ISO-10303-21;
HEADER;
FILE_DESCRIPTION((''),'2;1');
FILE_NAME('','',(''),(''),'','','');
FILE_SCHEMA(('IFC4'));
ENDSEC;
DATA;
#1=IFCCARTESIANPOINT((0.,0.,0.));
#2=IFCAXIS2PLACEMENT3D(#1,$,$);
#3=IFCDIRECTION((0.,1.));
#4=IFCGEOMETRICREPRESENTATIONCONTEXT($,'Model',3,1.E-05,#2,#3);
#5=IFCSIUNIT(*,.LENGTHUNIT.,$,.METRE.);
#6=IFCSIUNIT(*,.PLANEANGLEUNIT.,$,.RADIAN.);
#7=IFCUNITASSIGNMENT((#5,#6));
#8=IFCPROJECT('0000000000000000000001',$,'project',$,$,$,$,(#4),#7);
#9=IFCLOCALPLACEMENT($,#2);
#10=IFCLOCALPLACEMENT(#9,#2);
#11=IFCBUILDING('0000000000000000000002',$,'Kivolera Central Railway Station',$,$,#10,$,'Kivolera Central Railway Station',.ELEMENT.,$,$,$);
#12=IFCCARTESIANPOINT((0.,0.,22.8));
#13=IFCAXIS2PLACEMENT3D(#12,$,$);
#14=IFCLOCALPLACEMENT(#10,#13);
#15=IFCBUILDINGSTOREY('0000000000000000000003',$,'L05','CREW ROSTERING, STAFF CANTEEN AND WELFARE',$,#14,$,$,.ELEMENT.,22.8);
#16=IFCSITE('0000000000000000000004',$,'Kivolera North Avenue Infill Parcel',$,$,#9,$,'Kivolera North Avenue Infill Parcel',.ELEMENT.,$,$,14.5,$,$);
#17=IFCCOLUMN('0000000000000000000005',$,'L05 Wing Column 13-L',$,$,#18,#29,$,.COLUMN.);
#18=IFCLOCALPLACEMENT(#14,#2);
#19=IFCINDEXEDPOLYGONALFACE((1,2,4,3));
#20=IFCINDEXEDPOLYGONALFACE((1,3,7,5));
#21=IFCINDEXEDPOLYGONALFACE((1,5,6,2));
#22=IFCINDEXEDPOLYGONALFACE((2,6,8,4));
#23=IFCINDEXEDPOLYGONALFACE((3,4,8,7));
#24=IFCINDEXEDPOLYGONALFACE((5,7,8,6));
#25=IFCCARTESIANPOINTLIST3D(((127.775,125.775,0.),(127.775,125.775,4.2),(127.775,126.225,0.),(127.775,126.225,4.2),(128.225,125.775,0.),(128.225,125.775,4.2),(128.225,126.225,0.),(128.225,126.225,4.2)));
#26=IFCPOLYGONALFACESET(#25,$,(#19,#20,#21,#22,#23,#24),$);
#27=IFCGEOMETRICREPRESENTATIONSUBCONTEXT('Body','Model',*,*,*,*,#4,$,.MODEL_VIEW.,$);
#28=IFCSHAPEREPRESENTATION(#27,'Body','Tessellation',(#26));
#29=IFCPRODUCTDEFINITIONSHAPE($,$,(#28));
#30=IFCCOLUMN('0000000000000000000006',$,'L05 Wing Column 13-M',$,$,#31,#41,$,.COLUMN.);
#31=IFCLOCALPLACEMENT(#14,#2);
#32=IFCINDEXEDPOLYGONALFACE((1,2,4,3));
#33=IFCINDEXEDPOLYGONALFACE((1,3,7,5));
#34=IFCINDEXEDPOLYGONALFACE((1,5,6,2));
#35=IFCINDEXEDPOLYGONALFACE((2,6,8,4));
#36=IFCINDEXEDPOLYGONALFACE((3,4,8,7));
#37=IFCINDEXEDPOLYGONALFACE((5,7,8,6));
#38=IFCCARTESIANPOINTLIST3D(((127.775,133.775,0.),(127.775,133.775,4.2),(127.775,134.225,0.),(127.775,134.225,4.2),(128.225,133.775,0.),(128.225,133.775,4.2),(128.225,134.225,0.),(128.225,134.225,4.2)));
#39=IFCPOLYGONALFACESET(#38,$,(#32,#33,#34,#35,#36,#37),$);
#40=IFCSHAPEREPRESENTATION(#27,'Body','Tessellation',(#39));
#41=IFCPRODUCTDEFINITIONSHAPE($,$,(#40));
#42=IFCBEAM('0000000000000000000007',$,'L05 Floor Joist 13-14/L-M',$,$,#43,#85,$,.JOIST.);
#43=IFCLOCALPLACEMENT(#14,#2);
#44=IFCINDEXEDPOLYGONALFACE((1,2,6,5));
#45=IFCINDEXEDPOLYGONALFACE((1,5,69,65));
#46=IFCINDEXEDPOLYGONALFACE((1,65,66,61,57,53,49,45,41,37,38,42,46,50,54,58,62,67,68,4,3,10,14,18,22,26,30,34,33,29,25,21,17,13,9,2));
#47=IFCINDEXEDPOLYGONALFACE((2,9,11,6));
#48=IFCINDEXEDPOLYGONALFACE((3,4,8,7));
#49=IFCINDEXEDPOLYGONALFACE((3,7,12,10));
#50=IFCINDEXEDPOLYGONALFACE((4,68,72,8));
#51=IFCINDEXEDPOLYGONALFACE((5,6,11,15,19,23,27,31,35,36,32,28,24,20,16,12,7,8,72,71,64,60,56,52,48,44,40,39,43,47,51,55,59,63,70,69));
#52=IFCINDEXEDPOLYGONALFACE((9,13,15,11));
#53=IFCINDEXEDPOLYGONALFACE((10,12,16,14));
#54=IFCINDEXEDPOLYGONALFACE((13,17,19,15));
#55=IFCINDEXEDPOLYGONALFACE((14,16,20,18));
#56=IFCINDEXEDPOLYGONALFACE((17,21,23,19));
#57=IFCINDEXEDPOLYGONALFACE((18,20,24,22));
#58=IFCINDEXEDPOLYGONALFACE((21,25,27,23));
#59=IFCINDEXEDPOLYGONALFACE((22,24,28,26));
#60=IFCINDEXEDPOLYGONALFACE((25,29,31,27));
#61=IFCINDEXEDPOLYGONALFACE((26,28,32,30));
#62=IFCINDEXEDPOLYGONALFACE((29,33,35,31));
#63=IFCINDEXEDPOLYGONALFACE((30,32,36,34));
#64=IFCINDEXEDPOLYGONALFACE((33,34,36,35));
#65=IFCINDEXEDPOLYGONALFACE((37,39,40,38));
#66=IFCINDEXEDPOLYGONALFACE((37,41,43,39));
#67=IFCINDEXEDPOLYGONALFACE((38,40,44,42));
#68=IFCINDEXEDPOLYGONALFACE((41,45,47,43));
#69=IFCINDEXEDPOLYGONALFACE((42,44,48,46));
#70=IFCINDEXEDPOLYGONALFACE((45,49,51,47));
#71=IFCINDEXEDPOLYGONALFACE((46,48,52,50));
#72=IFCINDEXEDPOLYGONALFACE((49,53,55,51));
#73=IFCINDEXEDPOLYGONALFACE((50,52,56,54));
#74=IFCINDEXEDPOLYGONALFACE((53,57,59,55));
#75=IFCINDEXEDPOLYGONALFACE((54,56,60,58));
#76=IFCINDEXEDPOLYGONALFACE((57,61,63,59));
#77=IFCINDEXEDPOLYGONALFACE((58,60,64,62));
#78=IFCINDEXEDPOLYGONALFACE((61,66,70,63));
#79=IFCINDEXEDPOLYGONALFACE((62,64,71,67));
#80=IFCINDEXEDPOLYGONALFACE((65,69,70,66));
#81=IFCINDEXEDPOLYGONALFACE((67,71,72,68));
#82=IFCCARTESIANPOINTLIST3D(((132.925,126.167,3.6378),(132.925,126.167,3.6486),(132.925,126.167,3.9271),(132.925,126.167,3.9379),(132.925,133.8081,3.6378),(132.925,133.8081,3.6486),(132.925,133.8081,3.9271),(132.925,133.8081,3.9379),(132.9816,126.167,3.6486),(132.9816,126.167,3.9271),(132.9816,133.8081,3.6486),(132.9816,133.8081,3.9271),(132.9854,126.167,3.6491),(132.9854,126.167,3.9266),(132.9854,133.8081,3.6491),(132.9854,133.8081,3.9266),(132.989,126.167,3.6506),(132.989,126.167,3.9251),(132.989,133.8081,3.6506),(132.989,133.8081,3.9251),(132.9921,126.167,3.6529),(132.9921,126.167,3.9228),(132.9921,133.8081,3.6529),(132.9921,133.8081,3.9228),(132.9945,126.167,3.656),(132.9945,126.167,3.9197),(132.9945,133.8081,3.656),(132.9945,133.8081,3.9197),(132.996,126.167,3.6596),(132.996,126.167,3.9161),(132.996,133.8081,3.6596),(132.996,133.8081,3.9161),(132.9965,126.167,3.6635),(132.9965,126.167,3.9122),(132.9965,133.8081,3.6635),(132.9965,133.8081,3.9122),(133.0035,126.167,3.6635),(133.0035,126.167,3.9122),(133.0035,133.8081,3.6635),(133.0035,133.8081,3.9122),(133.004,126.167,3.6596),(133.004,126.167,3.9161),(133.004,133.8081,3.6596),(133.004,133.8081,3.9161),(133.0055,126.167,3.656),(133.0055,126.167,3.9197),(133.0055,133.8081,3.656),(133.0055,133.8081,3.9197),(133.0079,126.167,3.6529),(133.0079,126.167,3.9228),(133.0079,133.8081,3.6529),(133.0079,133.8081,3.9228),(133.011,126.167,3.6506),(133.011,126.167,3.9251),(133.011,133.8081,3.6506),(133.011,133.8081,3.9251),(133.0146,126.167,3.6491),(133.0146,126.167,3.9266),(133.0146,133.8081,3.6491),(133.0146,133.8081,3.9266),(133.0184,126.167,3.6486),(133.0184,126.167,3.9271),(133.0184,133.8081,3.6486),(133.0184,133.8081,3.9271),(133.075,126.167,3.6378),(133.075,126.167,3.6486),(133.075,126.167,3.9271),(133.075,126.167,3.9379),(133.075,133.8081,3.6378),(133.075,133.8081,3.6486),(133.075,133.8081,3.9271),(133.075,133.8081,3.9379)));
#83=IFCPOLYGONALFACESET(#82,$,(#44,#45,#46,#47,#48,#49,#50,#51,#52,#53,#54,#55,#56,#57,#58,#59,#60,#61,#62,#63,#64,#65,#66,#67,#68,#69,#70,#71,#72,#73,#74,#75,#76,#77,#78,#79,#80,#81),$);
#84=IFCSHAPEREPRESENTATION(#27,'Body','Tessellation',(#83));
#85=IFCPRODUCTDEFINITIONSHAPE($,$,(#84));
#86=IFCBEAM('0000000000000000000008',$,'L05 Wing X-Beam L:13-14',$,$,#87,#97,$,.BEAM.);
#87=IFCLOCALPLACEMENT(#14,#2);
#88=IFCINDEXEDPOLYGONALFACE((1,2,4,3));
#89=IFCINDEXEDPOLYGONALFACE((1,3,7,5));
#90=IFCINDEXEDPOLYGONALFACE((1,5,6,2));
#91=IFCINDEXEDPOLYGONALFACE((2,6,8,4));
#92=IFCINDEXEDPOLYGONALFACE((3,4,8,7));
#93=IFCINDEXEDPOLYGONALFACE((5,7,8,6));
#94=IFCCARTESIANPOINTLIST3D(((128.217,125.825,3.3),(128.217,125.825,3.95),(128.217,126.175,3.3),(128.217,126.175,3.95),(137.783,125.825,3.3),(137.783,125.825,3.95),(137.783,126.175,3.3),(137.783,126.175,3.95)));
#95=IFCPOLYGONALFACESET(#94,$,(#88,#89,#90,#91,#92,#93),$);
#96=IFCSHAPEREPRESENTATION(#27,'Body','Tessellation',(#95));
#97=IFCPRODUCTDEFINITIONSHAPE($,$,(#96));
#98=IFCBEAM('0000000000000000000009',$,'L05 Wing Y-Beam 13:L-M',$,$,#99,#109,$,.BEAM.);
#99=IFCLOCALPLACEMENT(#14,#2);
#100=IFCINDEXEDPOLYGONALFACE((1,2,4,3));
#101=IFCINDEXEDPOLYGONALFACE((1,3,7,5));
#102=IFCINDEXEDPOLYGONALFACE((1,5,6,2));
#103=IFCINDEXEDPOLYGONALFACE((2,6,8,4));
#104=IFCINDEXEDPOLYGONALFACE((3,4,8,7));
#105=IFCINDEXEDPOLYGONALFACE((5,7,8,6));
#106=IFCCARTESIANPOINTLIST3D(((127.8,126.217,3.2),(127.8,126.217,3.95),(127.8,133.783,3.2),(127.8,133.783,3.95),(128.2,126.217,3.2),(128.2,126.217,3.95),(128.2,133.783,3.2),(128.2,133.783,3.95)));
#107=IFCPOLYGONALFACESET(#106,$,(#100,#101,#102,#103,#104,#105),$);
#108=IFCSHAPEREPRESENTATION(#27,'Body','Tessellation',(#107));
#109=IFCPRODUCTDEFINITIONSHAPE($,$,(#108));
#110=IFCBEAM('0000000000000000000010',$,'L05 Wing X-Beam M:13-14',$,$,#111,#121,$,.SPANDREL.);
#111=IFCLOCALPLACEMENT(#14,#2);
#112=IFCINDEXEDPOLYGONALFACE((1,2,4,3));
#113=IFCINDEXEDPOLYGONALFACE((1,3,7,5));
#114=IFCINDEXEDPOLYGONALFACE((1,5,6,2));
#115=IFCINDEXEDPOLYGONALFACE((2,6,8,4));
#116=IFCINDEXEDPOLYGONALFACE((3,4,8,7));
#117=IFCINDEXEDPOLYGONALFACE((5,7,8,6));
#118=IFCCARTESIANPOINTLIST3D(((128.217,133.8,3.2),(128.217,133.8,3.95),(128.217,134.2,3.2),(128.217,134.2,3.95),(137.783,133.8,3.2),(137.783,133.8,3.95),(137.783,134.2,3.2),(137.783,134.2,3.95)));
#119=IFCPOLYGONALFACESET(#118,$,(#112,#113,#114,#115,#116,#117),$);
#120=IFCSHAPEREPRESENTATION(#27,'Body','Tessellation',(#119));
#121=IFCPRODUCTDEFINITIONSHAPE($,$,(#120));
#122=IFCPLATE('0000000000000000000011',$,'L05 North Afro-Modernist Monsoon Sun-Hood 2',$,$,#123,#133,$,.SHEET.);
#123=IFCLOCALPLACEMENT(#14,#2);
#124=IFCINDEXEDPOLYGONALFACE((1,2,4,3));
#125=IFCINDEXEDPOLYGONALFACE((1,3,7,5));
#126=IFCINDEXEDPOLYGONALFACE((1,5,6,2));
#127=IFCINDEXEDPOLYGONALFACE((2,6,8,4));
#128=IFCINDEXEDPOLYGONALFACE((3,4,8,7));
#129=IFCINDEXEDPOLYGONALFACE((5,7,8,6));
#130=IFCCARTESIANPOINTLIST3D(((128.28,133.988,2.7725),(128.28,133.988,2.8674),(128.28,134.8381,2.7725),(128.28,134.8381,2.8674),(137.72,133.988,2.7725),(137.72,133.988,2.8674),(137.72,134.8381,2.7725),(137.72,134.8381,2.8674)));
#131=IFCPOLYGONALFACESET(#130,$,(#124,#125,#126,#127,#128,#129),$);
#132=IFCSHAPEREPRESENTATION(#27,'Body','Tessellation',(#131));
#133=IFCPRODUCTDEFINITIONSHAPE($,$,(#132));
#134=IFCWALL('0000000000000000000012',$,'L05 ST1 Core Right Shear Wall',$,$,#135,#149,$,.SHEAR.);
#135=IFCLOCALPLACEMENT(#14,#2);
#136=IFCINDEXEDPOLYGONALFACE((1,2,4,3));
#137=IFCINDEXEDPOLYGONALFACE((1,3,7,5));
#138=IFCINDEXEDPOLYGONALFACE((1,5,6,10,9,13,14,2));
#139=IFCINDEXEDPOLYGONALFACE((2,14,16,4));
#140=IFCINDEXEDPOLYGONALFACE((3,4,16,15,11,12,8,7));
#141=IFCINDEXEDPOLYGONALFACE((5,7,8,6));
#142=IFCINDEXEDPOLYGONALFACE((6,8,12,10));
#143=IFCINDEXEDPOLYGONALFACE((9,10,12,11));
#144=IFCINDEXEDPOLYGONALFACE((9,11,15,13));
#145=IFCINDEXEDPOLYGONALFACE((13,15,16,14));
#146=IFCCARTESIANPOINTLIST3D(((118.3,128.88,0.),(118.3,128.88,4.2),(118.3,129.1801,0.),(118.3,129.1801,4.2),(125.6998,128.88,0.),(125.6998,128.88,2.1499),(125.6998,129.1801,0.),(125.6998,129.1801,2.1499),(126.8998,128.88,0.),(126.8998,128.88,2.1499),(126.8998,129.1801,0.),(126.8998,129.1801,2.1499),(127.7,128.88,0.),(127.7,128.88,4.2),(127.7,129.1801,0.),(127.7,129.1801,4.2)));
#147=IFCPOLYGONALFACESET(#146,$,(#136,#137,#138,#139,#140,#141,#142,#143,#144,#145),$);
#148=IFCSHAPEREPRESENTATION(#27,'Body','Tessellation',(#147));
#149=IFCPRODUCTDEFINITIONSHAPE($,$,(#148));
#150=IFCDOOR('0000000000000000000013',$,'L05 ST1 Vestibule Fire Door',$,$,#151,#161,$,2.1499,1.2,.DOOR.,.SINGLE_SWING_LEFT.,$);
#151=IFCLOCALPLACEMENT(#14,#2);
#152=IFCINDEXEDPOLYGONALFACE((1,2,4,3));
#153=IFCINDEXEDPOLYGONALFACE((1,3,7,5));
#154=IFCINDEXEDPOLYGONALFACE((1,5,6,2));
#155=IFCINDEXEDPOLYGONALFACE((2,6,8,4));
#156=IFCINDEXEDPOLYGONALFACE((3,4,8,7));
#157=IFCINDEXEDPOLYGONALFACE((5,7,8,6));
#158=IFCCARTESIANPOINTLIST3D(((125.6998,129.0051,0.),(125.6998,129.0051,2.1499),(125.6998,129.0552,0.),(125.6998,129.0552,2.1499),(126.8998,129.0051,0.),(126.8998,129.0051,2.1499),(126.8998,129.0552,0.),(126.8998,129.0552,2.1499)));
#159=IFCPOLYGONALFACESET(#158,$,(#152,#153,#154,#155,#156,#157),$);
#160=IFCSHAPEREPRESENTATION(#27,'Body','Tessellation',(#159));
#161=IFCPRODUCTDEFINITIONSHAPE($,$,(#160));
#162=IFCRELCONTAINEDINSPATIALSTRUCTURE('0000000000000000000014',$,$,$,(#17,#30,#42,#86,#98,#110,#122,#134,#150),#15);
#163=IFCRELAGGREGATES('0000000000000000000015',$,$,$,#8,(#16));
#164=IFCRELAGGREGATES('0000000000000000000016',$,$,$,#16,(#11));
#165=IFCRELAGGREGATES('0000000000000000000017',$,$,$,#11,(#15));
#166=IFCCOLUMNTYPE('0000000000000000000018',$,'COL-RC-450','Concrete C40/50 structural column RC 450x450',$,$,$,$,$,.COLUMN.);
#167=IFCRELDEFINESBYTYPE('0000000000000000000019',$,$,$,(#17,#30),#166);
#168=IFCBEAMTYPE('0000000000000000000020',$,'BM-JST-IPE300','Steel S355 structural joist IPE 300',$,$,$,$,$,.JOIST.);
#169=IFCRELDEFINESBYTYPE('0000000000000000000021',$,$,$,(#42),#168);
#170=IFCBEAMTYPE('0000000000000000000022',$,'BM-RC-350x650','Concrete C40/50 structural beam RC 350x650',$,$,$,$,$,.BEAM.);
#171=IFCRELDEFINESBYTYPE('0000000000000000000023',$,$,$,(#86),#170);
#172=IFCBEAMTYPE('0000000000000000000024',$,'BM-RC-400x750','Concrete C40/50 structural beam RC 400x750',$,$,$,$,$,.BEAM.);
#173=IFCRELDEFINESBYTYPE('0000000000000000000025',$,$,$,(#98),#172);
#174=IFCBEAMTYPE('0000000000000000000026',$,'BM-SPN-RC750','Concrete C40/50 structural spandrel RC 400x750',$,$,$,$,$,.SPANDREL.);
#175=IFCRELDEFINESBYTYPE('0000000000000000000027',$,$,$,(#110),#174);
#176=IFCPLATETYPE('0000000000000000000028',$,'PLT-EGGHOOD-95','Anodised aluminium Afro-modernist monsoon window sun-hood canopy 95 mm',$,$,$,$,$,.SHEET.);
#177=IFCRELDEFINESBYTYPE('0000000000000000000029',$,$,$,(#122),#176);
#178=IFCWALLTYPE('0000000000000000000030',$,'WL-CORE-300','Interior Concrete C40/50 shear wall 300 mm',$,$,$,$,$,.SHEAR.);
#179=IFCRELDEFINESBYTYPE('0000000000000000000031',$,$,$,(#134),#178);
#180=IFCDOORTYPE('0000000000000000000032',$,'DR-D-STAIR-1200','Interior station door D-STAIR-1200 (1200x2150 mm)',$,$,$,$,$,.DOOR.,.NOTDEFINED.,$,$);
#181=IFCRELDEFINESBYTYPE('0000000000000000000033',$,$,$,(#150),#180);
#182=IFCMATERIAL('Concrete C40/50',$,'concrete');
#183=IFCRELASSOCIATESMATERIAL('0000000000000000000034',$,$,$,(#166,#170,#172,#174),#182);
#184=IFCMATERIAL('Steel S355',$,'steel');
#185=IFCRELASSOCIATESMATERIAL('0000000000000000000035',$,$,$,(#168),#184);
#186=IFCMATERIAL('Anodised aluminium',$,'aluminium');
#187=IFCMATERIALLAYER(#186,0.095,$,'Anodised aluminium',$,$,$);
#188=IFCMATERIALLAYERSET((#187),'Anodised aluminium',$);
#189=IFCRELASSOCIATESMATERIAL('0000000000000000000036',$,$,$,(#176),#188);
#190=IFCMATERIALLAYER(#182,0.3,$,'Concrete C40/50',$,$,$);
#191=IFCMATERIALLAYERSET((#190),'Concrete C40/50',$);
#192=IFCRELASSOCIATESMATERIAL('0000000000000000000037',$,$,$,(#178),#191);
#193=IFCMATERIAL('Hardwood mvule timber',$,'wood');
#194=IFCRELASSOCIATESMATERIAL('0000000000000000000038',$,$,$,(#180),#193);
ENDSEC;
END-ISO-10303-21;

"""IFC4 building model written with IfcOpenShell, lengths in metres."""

from ifc_helpers import new_model, si_unit, direction, frame, frame_2d, origin, origin_2d, place, context, subcontext, project, spatial, rectangle, i_section, extrude, material, layer, layer_set, material_profile, profile_set, type_object, element, fill, save


model = new_model("IFC4")

# Units and contexts
model_context = context("Model", 3, precision=1e-05, world=origin(), true_north=direction((0.0, 1.0)))
body_context = subcontext(model_context, "Body", "Model", "MODEL_VIEW")
ifc_project = project(units=[si_unit("LENGTHUNIT", "METRE"), si_unit("PLANEANGLEUNIT", "RADIAN")], contexts=[model_context])

# Site, building, storey
site_placement = place(None, origin())
site = spatial("IfcSite", under=ifc_project, at=site_placement, Name="Kivolera North Avenue Infill Parcel", LongName="Kivolera North Avenue Infill Parcel", CompositionType="ELEMENT", RefElevation=14.5)
building_placement = place(site_placement, origin())
building = spatial("IfcBuilding", under=site, at=building_placement, Name="Kivolera Central Railway Station", LongName="Kivolera Central Railway Station", CompositionType="ELEMENT")
storey_placement = place(building_placement, frame((0.0, 0.0, 22.8)))
storey = spatial("IfcBuildingStorey", under=building, at=storey_placement, Name="L05", Description="CREW ROSTERING, STAFF CANTEEN AND WELFARE", CompositionType="ELEMENT", Elevation=22.8)

# Columns
ifc_material_1 = material(Name="Concrete C40/50", Category="concrete")
ifc_material_profile_1 = material_profile(ifc_material_1, rectangle(XDim=0.45, YDim=0.45, at=origin_2d()), Name="RC 450x450")
ifc_profile_set_1 = profile_set([ifc_material_profile_1], Name="Concrete C40/50")
column_type = type_object("IfcColumnType", Name="COL-RC-450", Description="Concrete C40/50 structural column RC 450x450", PredefinedType="COLUMN", material=ifc_profile_set_1)
for number, where, z_axis, x_axis, name in (
    (1, (128.0, 126.0, 0.0), (0.0, 0.0, 1.0), (1.0, 0.0, 0.0), "L05 Wing Column 13-L"),
    (2, (128.0, 134.0, 0.0), (0.0, 0.0, 1.0), (1.0, 0.0, 0.0), "L05 Wing Column 13-M"),
):
    element("IfcColumn", number, at=place(storey_placement, frame(where, z_axis=z_axis, x_axis=x_axis)), inside=storey, type_object=column_type, Name=name, PredefinedType="COLUMN", context=body_context, shape_type="SweptSolid", body=[
        extrude(rectangle(XDim=0.45, YDim=0.45, at=origin_2d()), origin(), (0.0, 0.0, 1.0), 4.2),
    ])

# Beams
ifc_material_2 = material(Name="Steel S355", Category="steel")
ifc_material_profile_2 = material_profile(ifc_material_2, i_section(OverallWidth=0.1499, OverallDepth=0.3, WebThickness=0.0071, FlangeThickness=0.0107, FilletRadius=0.0149, at=origin_2d()), Name="IPE 300")
ifc_profile_set_2 = profile_set([ifc_material_profile_2], Name="Steel S355")
beam_type_1 = type_object("IfcBeamType", Name="BM-JST-IPE300", Description="Steel S355 structural joist IPE 300", PredefinedType="JOIST", material=ifc_profile_set_2)
beam_1_placement = place(storey_placement, frame((133.0, 126.167, 3.7878), z_axis=(0.0, 1.0, 0.0), x_axis=(-1.0, 0.0, 0.0)))
element("IfcBeam", 3, at=beam_1_placement, inside=storey, type_object=beam_type_1, Name="L05 Floor Joist 13-14/L-M", PredefinedType="JOIST", context=body_context, shape_type="SweptSolid", body=[
    extrude(i_section(OverallWidth=0.1499, OverallDepth=0.3, WebThickness=0.0071, FlangeThickness=0.0107, FilletRadius=0.0149, at=origin_2d()), origin(), (0.0, 0.0, 1.0), 7.6411),
])
ifc_material_profile_3 = material_profile(ifc_material_1, rectangle(XDim=0.3501, YDim=0.6499, at=origin_2d()), Name="RC 350x650")
ifc_profile_set_3 = profile_set([ifc_material_profile_3], Name="Concrete C40/50")
beam_type_2 = type_object("IfcBeamType", Name="BM-RC-350x650", Description="Concrete C40/50 structural beam RC 350x650", PredefinedType="BEAM", material=ifc_profile_set_3)
beam_2_placement = place(storey_placement, frame((128.217, 126.0, 3.625), z_axis=(1.0, 0.0, 0.0), x_axis=(0.0, 1.0, 0.0)))
element("IfcBeam", 4, at=beam_2_placement, inside=storey, type_object=beam_type_2, Name="L05 Wing X-Beam L:13-14", PredefinedType="BEAM", context=body_context, shape_type="SweptSolid", body=[
    extrude(rectangle(XDim=0.3501, YDim=0.6499, at=origin_2d()), origin(), (0.0, 0.0, 1.0), 9.5659),
])
ifc_material_profile_4 = material_profile(ifc_material_1, rectangle(XDim=0.3999, YDim=0.75, at=origin_2d()), Name="RC 400x750")
ifc_profile_set_4 = profile_set([ifc_material_profile_4], Name="Concrete C40/50")
beam_type_3 = type_object("IfcBeamType", Name="BM-RC-400x750", Description="Concrete C40/50 structural beam RC 400x750", PredefinedType="BEAM", material=ifc_profile_set_4)
beam_3_placement = place(storey_placement, frame((128.0, 126.217, 3.575), z_axis=(0.0, 1.0, 0.0), x_axis=(-1.0, 0.0, 0.0)))
element("IfcBeam", 5, at=beam_3_placement, inside=storey, type_object=beam_type_3, Name="L05 Wing Y-Beam 13:L-M", PredefinedType="BEAM", context=body_context, shape_type="SweptSolid", body=[
    extrude(rectangle(XDim=0.3999, YDim=0.75, at=origin_2d()), origin(), (0.0, 0.0, 1.0), 7.5659),
])
ifc_material_profile_5 = material_profile(ifc_material_1, rectangle(XDim=0.3999, YDim=0.75, at=origin_2d()), Name="RC 400x750")
ifc_profile_set_5 = profile_set([ifc_material_profile_5], Name="Concrete C40/50")
beam_type_4 = type_object("IfcBeamType", Name="BM-SPN-RC750", Description="Concrete C40/50 structural spandrel RC 400x750", PredefinedType="SPANDREL", material=ifc_profile_set_5)
beam_4_placement = place(storey_placement, frame((128.217, 134.0, 3.575), z_axis=(1.0, 0.0, 0.0), x_axis=(0.0, 1.0, 0.0)))
element("IfcBeam", 6, at=beam_4_placement, inside=storey, type_object=beam_type_4, Name="L05 Wing X-Beam M:13-14", PredefinedType="SPANDREL", context=body_context, shape_type="SweptSolid", body=[
    extrude(rectangle(XDim=0.3999, YDim=0.75, at=origin_2d()), origin(), (0.0, 0.0, 1.0), 9.5659),
])

# Plate
ifc_material_3 = material(Name="Anodised aluminium", Category="aluminium")
ifc_layer_1 = layer(ifc_material_3, 0.095, Name="Anodised aluminium")
ifc_layer_set_1 = layer_set([ifc_layer_1], Name="Anodised aluminium")
plate_type = type_object("IfcPlateType", Name="PLT-EGGHOOD-95", Description="Anodised aluminium Afro-modernist monsoon window sun-hood canopy 95 mm", PredefinedType="SHEET", material=ifc_layer_set_1)
plate_placement = place(storey_placement, frame((133.0, 134.4131, 2.7725), z_axis=(0.0, 0.0, 1.0), x_axis=(1.0, 0.0, 0.0)))
element("IfcPlate", 7, at=plate_placement, inside=storey, type_object=plate_type, Name="L05 North Afro-Modernist Monsoon Sun-Hood 2", PredefinedType="SHEET", context=body_context, shape_type="SweptSolid", body=[
    extrude(rectangle(XDim=9.4399, YDim=0.8501, at=origin_2d()), origin(), (0.0, 0.0, 1.0), 0.095),
])

# Wall, opening, door
ifc_layer_2 = layer(ifc_material_1, 0.3, Name="Concrete C40/50")
ifc_layer_set_2 = layer_set([ifc_layer_2], Name="Concrete C40/50")
wall_type_1 = type_object("IfcWallType", Name="WL-CORE-300", Description="Interior Concrete C40/50 shear wall 300 mm", PredefinedType="SHEAR", material=ifc_layer_set_2)
wall_1_placement = place(storey_placement, frame((127.7, 129.03, 0.0), z_axis=(0.0, 0.0, 1.0), x_axis=(-1.0, 0.0, 0.0)))
wall_1 = element("IfcWall", 8, at=wall_1_placement, inside=storey, type_object=wall_type_1, Name="L05 ST1 Core Right Shear Wall", PredefinedType="SHEAR", context=body_context, shape_type="SweptSolid", body=[
    extrude(rectangle(XDim=9.3999, YDim=0.3, at=frame_2d((4.7, 0.0))), origin(), (0.0, 0.0, 1.0), 4.2),
])
opening_1_placement = place(wall_1_placement, frame((0.8, 0.0, 0.0)))
opening_1 = element("IfcOpeningElement", 9, at=opening_1_placement, cuts=wall_1, PredefinedType="OPENING", context=body_context, shape_type="SweptSolid", body=[
    extrude(rectangle(XDim=1.2, YDim=2.1499, at=frame_2d((0.6001, 1.075))), frame((0.0, 0.1599, 0.0), z_axis=(0.0, -1.0, 0.0), x_axis=(1.0, 0.0, 0.0)), (0.0, 0.0, 1.0), 0.3201),
])
ifc_material_4 = material(Name="Hardwood mvule timber", Category="wood")
door_type_1 = type_object("IfcDoorType", Name="DR-D-STAIR-1200", Description="Interior station door D-STAIR-1200 (1200x2150 mm)", OperationType="NOTDEFINED", PredefinedType="DOOR", material=ifc_material_4)
door_1_placement = place(opening_1_placement, origin())
door_1 = element("IfcDoor", 10, at=door_1_placement, inside=storey, type_object=door_type_1, Name="L05 ST1 Vestibule Fire Door", OperationType="SINGLE_SWING_LEFT", OverallHeight=2.1499, OverallWidth=1.2, PredefinedType="DOOR", context=body_context, shape_type="SweptSolid", body=[
    extrude(rectangle(XDim=1.2, YDim=2.1499, at=frame_2d((0.6001, 1.075))), frame((0.0, 0.0249, 0.0), z_axis=(0.0, -1.0, 0.0), x_axis=(1.0, 0.0, 0.0)), (0.0, 0.0, 1.0), 0.05),
])
fill(opening_1, door_1)

save(model, "model.ifc")
